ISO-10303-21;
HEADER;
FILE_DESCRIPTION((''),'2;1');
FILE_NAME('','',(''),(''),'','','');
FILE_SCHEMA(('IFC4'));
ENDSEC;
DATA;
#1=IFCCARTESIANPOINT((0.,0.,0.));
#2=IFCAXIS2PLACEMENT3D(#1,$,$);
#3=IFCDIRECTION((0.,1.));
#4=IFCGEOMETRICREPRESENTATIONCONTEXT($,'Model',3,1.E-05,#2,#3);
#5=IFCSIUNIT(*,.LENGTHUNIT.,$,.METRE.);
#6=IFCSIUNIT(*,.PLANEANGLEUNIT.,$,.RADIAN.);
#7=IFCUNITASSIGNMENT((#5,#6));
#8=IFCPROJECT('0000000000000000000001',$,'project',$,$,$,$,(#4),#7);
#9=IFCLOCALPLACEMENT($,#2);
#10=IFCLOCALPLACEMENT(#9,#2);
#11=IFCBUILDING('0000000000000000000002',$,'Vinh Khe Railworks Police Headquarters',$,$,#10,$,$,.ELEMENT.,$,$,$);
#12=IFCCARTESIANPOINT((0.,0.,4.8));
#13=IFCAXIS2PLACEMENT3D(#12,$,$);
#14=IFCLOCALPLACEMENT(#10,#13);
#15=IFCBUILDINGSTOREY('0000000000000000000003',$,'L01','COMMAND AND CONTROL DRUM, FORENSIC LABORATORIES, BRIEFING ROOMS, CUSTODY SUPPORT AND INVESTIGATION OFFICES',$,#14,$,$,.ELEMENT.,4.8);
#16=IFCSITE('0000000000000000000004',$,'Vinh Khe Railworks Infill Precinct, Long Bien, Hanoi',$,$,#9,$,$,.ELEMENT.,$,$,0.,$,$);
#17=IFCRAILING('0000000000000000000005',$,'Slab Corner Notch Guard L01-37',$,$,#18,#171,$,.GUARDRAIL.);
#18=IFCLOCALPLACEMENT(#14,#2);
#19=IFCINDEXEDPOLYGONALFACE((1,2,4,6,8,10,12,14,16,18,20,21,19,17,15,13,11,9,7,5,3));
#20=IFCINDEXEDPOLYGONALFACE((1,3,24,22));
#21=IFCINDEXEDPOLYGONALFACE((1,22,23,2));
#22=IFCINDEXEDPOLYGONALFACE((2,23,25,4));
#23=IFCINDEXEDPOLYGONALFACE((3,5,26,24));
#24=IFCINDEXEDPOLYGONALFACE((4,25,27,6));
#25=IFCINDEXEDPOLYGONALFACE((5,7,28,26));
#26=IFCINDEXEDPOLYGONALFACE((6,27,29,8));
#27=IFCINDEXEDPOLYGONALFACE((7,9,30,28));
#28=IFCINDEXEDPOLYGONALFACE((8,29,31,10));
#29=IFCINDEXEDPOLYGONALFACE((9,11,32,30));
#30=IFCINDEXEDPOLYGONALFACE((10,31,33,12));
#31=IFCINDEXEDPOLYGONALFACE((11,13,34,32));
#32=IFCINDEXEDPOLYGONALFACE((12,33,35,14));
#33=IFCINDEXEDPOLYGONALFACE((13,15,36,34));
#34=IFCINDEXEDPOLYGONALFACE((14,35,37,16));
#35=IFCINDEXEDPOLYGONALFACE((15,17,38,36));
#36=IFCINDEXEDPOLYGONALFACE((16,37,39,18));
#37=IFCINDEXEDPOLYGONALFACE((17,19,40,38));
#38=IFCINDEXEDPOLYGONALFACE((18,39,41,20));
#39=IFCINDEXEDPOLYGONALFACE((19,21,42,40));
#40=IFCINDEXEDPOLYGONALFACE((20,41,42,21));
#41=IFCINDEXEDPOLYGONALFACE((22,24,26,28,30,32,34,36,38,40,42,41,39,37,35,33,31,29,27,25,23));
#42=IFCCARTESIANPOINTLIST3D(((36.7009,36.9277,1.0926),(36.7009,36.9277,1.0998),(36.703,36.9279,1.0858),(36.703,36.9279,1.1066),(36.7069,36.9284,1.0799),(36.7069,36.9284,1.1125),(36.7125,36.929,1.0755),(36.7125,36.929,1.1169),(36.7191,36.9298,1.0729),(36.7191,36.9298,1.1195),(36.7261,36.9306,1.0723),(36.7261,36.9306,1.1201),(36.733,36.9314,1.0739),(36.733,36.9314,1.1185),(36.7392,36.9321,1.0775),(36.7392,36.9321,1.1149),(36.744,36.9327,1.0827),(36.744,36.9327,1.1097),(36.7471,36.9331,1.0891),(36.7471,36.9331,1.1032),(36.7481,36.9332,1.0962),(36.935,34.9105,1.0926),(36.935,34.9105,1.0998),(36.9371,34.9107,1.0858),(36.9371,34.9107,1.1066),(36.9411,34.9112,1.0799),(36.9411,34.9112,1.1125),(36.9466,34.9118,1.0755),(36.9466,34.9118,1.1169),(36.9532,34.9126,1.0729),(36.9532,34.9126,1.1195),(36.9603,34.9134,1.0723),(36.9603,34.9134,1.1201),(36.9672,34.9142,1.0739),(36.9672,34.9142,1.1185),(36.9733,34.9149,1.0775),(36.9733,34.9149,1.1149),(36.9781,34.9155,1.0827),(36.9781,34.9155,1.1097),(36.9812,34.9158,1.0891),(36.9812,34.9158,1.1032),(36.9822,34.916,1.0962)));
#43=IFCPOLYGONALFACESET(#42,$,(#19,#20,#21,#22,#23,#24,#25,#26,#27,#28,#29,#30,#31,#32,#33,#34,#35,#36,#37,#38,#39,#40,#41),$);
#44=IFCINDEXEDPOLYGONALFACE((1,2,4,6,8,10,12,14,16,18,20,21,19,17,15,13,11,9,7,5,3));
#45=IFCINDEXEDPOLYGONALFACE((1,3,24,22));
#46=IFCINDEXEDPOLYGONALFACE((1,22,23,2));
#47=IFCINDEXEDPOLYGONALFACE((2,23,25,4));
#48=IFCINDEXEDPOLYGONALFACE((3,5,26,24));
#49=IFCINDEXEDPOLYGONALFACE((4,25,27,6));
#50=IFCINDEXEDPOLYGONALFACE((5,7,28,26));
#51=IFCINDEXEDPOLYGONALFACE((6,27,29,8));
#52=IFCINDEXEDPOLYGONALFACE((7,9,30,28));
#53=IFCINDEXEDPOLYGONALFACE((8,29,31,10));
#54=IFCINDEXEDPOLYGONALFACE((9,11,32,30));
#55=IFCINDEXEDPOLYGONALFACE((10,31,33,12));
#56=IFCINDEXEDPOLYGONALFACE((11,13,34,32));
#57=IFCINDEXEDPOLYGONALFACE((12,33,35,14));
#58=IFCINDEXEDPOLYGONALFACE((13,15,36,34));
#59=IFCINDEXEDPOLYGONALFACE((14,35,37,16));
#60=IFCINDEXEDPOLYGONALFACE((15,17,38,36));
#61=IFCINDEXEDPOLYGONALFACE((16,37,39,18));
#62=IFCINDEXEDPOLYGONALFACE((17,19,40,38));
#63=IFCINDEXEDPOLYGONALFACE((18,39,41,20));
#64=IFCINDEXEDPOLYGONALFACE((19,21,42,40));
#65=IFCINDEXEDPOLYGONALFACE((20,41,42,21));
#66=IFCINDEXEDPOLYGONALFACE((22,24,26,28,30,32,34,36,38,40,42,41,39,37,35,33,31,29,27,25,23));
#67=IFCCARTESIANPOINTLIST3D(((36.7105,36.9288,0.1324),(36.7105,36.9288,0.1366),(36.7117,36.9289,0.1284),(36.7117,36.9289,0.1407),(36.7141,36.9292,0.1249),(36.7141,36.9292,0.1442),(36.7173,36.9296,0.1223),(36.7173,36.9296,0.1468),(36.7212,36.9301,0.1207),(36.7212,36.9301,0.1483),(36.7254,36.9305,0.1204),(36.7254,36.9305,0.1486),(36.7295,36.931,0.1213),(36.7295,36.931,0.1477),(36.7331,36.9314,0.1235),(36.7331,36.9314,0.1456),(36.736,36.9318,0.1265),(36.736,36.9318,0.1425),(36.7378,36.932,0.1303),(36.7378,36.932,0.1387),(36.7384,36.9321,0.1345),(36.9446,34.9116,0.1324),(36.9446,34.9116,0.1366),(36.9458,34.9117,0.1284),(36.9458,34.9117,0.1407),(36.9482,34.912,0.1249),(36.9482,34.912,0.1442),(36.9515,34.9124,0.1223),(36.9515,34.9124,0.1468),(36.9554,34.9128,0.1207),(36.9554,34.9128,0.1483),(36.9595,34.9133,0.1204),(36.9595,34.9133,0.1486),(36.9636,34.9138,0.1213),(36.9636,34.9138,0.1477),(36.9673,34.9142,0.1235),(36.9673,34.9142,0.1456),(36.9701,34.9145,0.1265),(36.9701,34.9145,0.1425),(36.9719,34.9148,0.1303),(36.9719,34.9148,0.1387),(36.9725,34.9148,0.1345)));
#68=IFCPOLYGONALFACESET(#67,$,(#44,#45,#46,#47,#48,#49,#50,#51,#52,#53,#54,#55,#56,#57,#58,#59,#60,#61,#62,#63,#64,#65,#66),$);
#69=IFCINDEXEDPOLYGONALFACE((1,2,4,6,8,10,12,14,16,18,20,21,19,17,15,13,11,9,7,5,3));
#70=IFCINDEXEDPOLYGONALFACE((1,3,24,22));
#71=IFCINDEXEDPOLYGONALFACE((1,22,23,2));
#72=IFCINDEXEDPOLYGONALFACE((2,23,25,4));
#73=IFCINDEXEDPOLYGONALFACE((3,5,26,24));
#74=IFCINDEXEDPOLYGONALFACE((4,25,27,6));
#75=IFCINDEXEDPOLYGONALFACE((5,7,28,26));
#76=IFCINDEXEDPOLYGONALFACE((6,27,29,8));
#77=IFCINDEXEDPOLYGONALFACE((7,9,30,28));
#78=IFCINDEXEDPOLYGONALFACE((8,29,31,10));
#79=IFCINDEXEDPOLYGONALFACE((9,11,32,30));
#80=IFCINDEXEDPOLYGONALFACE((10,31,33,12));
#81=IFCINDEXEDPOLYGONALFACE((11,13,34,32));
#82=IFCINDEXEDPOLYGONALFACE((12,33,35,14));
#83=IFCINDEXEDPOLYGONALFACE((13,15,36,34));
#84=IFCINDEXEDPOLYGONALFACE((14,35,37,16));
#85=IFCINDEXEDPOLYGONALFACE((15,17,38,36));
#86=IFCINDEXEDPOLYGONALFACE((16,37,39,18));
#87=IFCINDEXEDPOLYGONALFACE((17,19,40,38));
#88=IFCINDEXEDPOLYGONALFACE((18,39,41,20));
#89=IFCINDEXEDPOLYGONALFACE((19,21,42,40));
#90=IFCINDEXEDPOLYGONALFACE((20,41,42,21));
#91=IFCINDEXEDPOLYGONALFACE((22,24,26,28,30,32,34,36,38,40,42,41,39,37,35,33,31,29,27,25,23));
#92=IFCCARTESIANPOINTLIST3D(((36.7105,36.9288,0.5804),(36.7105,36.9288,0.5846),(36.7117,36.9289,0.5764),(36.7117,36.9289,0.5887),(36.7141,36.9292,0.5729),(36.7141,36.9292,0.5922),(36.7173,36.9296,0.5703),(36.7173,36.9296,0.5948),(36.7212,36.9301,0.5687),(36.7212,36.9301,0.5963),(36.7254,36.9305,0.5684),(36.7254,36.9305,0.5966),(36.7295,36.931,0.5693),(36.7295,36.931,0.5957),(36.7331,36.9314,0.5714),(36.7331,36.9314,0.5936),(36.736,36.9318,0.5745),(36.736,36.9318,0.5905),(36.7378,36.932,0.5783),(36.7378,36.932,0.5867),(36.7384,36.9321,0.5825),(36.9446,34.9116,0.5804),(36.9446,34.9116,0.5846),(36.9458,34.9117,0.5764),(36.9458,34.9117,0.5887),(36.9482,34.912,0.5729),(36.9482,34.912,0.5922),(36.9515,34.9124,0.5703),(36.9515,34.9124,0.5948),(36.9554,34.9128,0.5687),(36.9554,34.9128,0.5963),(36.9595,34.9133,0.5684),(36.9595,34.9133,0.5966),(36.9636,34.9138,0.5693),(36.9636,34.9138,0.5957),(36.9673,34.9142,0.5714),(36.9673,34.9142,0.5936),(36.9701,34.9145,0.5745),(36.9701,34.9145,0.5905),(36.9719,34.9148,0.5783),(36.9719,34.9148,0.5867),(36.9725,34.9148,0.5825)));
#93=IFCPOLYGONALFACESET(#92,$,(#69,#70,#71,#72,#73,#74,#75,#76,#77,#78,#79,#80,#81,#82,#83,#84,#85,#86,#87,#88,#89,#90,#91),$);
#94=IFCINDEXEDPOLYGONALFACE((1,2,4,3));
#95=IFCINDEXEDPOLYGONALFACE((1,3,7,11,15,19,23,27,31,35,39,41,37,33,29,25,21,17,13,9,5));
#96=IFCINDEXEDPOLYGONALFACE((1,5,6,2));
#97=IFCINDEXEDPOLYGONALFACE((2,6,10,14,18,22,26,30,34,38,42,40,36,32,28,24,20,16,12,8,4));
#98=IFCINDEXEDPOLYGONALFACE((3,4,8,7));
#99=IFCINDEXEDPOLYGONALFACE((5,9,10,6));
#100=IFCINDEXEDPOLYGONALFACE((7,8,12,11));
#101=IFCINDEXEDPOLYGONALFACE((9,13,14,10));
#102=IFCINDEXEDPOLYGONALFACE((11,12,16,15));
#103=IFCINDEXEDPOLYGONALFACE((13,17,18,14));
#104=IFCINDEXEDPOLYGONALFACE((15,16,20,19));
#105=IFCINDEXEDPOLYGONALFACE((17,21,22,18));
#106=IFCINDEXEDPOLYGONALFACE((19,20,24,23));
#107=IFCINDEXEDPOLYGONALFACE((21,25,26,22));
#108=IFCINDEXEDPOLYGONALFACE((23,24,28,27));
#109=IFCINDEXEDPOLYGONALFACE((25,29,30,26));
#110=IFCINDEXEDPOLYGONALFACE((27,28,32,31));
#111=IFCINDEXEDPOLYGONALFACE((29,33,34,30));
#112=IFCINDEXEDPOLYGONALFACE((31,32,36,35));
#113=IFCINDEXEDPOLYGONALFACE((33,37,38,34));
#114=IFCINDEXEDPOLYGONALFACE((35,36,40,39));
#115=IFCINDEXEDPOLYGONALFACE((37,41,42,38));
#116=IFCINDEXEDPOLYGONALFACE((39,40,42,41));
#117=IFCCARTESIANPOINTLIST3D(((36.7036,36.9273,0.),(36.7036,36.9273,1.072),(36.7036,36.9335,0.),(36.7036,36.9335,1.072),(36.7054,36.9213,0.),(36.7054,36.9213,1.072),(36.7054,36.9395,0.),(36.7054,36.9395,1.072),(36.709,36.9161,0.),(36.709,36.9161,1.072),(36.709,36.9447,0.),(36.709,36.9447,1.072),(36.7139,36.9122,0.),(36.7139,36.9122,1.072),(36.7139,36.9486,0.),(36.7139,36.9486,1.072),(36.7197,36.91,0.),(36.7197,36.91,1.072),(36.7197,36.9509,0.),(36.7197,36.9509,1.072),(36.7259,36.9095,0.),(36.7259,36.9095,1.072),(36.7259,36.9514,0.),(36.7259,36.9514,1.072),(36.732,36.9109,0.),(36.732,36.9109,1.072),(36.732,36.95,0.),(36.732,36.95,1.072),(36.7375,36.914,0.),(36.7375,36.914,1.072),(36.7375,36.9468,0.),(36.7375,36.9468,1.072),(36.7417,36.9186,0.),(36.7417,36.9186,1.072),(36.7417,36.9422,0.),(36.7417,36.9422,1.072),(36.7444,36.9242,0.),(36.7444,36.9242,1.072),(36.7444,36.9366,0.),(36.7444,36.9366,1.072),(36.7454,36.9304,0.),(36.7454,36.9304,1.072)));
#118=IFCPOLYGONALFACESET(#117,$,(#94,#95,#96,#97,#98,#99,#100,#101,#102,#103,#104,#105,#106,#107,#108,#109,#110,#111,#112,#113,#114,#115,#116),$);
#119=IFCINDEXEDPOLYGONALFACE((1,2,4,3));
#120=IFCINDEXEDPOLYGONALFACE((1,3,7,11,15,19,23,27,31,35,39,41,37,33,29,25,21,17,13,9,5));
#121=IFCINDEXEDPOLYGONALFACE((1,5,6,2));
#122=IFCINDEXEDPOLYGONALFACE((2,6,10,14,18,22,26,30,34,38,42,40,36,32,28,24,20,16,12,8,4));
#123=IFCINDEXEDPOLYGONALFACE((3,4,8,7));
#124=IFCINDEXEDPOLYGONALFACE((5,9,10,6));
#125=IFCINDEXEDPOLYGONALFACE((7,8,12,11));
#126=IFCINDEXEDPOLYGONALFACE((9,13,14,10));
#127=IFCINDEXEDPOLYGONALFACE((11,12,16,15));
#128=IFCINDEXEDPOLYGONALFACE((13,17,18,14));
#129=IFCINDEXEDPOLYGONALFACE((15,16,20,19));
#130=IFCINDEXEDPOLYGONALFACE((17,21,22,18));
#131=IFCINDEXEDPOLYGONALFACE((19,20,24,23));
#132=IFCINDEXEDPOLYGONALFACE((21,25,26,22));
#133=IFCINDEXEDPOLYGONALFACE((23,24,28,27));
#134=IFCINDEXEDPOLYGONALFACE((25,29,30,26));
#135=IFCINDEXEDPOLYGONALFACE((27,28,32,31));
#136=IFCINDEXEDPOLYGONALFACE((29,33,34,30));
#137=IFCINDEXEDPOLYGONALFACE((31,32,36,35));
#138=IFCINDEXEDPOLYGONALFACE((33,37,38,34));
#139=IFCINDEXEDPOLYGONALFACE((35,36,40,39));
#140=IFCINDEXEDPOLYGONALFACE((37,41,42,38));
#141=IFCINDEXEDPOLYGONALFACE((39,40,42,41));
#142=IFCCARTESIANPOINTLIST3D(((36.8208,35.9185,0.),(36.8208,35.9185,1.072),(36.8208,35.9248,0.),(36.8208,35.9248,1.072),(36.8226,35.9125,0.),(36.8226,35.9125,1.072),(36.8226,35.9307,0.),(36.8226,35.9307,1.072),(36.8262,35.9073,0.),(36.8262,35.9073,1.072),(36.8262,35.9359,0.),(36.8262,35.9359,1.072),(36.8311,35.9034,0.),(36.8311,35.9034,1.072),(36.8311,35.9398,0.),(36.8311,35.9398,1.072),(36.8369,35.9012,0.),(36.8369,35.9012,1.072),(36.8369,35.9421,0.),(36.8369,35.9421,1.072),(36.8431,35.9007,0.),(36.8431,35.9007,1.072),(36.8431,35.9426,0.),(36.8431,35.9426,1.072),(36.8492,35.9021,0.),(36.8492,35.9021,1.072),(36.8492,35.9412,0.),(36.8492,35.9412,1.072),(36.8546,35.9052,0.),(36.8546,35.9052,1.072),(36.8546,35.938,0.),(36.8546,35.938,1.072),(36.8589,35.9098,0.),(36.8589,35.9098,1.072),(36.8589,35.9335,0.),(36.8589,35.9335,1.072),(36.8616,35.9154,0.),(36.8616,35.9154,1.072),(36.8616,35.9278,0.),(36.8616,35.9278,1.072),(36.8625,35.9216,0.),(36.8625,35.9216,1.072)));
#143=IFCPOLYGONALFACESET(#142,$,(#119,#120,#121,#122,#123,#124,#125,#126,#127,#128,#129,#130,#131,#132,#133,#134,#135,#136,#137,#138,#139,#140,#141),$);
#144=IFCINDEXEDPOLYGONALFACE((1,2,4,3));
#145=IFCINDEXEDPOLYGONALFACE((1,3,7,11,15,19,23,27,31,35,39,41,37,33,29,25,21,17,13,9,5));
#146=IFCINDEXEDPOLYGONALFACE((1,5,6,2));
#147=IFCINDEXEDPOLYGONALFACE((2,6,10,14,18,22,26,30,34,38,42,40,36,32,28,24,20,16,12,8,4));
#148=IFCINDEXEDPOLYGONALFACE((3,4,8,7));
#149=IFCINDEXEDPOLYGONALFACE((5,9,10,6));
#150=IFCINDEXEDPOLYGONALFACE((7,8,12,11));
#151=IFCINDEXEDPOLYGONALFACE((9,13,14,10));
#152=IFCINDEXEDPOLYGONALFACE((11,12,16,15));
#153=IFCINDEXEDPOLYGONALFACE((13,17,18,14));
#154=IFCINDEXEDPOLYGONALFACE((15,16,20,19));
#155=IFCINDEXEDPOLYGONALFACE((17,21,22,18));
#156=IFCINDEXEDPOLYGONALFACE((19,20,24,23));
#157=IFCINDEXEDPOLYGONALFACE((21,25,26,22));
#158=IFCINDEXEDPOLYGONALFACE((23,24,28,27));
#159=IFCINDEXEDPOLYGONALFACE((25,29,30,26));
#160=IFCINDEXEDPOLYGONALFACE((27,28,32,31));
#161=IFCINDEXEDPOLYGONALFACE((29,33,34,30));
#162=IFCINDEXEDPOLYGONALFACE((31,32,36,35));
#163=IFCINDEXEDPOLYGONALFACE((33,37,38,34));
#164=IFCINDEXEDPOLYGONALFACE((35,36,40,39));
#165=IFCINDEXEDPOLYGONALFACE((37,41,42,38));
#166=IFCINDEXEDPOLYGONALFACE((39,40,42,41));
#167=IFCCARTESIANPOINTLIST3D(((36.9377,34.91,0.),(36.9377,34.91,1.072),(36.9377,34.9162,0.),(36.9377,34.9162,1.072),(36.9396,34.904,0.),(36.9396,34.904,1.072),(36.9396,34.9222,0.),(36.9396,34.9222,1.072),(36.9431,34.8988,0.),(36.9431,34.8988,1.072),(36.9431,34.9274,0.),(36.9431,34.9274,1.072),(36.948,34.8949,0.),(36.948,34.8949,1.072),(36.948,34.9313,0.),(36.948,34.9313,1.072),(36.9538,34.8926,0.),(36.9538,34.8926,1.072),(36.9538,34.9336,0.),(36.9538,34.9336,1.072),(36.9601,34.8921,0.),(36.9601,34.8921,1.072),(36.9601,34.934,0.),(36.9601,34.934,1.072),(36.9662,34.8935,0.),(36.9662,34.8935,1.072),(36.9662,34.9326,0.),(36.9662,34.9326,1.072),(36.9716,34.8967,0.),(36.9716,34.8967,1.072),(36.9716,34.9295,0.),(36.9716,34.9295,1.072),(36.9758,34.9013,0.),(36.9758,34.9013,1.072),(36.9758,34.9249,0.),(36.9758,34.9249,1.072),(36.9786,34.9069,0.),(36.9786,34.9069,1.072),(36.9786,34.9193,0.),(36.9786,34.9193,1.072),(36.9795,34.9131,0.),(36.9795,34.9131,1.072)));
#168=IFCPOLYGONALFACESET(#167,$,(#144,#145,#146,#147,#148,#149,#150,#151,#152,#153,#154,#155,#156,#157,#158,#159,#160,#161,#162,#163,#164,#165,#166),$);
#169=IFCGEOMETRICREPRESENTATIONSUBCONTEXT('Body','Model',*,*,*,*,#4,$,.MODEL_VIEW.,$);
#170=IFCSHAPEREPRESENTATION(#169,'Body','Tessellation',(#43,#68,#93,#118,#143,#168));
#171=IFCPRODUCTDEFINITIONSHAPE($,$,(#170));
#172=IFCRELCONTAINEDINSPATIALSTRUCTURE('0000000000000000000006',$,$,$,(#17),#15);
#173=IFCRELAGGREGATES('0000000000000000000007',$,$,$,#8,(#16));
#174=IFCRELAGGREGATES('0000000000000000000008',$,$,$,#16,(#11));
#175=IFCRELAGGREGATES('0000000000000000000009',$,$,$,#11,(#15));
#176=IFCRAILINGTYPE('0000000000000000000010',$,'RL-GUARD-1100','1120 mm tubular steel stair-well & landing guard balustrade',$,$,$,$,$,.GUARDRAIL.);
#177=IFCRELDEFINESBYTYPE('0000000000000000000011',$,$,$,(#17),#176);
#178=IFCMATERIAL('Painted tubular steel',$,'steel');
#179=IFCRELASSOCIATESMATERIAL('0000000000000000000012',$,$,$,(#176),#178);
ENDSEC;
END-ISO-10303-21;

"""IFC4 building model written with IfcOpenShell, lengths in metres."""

from ifc_helpers import new_model, si_unit, direction, frame, origin, origin_2d, place, context, subcontext, project, spatial, circle, extrude, material, type_object, element, save


model = new_model("IFC4")

# Units and contexts
model_context = context("Model", 3, precision=1e-05, world=origin(), true_north=direction((0.0, 1.0)))
body_context = subcontext(model_context, "Body", "Model", "MODEL_VIEW")
ifc_project = project(units=[si_unit("LENGTHUNIT", "METRE"), si_unit("PLANEANGLEUNIT", "RADIAN")], contexts=[model_context])

# Site, building, storey
site_placement = place(None, origin())
site = spatial("IfcSite", under=ifc_project, at=site_placement, Name="Vinh Khe Railworks Infill Precinct, Long Bien, Hanoi", CompositionType="ELEMENT", RefElevation=0.0)
building_placement = place(site_placement, origin())
building = spatial("IfcBuilding", under=site, at=building_placement, Name="Vinh Khe Railworks Police Headquarters", CompositionType="ELEMENT")
storey_placement = place(building_placement, frame((0.0, 0.0, 4.8)))
storey = spatial("IfcBuildingStorey", under=building, at=storey_placement, Name="L01", Description="COMMAND AND CONTROL DRUM, FORENSIC LABORATORIES, BRIEFING ROOMS, CUSTODY SUPPORT AND INVESTIGATION OFFICES", CompositionType="ELEMENT", Elevation=4.8)

# Railing
ifc_material_1 = material(Name="Painted tubular steel", Category="steel")
railing_type_1 = type_object("IfcRailingType", Name="RL-GUARD-1100", Description="1120 mm tubular steel stair-well & landing guard balustrade", PredefinedType="GUARDRAIL", material=ifc_material_1)
railing_1_placement = place(storey_placement, frame((36.7244, 36.9304, 0.0)))
element("IfcRailing", 1, at=railing_1_placement, inside=storey, type_object=railing_type_1, Name="Slab Corner Notch Guard L01-37", PredefinedType="GUARDRAIL", context=body_context, shape_type="SweptSolid", body=[
    extrude(circle(Radius=0.0239, at=origin_2d()), frame((0.0, 0.0, 1.0962), z_axis=(0.115286, -0.993332, 0.0), x_axis=(0.993332, 0.115286, 0.0)), (0.0, 0.0, 1.0), 2.0308),
    extrude(circle(Radius=0.0142, at=origin_2d()), frame((0.0, 0.0, 0.1345), z_axis=(0.115286, -0.993332, 0.0), x_axis=(0.993332, 0.115286, 0.0)), (0.0, 0.0, 1.0), 2.0308),
    extrude(circle(Radius=0.0142, at=origin_2d()), frame((0.0, 0.0, 0.5825), z_axis=(0.115286, -0.993332, 0.0), x_axis=(0.993332, 0.115286, 0.0)), (0.0, 0.0, 1.0), 2.0308),
    extrude(circle(Radius=0.021, at=origin_2d()), origin(), (0.0, 0.0, 1.0), 1.072),
    extrude(circle(Radius=0.021, at=origin_2d()), frame((0.1172, -1.0088, 0.0)), (0.0, 0.0, 1.0), 1.072),
    extrude(circle(Radius=0.021, at=origin_2d()), frame((0.2341, -2.0173, 0.0)), (0.0, 0.0, 1.0), 1.072),
])

save(model, "model.ifc")
